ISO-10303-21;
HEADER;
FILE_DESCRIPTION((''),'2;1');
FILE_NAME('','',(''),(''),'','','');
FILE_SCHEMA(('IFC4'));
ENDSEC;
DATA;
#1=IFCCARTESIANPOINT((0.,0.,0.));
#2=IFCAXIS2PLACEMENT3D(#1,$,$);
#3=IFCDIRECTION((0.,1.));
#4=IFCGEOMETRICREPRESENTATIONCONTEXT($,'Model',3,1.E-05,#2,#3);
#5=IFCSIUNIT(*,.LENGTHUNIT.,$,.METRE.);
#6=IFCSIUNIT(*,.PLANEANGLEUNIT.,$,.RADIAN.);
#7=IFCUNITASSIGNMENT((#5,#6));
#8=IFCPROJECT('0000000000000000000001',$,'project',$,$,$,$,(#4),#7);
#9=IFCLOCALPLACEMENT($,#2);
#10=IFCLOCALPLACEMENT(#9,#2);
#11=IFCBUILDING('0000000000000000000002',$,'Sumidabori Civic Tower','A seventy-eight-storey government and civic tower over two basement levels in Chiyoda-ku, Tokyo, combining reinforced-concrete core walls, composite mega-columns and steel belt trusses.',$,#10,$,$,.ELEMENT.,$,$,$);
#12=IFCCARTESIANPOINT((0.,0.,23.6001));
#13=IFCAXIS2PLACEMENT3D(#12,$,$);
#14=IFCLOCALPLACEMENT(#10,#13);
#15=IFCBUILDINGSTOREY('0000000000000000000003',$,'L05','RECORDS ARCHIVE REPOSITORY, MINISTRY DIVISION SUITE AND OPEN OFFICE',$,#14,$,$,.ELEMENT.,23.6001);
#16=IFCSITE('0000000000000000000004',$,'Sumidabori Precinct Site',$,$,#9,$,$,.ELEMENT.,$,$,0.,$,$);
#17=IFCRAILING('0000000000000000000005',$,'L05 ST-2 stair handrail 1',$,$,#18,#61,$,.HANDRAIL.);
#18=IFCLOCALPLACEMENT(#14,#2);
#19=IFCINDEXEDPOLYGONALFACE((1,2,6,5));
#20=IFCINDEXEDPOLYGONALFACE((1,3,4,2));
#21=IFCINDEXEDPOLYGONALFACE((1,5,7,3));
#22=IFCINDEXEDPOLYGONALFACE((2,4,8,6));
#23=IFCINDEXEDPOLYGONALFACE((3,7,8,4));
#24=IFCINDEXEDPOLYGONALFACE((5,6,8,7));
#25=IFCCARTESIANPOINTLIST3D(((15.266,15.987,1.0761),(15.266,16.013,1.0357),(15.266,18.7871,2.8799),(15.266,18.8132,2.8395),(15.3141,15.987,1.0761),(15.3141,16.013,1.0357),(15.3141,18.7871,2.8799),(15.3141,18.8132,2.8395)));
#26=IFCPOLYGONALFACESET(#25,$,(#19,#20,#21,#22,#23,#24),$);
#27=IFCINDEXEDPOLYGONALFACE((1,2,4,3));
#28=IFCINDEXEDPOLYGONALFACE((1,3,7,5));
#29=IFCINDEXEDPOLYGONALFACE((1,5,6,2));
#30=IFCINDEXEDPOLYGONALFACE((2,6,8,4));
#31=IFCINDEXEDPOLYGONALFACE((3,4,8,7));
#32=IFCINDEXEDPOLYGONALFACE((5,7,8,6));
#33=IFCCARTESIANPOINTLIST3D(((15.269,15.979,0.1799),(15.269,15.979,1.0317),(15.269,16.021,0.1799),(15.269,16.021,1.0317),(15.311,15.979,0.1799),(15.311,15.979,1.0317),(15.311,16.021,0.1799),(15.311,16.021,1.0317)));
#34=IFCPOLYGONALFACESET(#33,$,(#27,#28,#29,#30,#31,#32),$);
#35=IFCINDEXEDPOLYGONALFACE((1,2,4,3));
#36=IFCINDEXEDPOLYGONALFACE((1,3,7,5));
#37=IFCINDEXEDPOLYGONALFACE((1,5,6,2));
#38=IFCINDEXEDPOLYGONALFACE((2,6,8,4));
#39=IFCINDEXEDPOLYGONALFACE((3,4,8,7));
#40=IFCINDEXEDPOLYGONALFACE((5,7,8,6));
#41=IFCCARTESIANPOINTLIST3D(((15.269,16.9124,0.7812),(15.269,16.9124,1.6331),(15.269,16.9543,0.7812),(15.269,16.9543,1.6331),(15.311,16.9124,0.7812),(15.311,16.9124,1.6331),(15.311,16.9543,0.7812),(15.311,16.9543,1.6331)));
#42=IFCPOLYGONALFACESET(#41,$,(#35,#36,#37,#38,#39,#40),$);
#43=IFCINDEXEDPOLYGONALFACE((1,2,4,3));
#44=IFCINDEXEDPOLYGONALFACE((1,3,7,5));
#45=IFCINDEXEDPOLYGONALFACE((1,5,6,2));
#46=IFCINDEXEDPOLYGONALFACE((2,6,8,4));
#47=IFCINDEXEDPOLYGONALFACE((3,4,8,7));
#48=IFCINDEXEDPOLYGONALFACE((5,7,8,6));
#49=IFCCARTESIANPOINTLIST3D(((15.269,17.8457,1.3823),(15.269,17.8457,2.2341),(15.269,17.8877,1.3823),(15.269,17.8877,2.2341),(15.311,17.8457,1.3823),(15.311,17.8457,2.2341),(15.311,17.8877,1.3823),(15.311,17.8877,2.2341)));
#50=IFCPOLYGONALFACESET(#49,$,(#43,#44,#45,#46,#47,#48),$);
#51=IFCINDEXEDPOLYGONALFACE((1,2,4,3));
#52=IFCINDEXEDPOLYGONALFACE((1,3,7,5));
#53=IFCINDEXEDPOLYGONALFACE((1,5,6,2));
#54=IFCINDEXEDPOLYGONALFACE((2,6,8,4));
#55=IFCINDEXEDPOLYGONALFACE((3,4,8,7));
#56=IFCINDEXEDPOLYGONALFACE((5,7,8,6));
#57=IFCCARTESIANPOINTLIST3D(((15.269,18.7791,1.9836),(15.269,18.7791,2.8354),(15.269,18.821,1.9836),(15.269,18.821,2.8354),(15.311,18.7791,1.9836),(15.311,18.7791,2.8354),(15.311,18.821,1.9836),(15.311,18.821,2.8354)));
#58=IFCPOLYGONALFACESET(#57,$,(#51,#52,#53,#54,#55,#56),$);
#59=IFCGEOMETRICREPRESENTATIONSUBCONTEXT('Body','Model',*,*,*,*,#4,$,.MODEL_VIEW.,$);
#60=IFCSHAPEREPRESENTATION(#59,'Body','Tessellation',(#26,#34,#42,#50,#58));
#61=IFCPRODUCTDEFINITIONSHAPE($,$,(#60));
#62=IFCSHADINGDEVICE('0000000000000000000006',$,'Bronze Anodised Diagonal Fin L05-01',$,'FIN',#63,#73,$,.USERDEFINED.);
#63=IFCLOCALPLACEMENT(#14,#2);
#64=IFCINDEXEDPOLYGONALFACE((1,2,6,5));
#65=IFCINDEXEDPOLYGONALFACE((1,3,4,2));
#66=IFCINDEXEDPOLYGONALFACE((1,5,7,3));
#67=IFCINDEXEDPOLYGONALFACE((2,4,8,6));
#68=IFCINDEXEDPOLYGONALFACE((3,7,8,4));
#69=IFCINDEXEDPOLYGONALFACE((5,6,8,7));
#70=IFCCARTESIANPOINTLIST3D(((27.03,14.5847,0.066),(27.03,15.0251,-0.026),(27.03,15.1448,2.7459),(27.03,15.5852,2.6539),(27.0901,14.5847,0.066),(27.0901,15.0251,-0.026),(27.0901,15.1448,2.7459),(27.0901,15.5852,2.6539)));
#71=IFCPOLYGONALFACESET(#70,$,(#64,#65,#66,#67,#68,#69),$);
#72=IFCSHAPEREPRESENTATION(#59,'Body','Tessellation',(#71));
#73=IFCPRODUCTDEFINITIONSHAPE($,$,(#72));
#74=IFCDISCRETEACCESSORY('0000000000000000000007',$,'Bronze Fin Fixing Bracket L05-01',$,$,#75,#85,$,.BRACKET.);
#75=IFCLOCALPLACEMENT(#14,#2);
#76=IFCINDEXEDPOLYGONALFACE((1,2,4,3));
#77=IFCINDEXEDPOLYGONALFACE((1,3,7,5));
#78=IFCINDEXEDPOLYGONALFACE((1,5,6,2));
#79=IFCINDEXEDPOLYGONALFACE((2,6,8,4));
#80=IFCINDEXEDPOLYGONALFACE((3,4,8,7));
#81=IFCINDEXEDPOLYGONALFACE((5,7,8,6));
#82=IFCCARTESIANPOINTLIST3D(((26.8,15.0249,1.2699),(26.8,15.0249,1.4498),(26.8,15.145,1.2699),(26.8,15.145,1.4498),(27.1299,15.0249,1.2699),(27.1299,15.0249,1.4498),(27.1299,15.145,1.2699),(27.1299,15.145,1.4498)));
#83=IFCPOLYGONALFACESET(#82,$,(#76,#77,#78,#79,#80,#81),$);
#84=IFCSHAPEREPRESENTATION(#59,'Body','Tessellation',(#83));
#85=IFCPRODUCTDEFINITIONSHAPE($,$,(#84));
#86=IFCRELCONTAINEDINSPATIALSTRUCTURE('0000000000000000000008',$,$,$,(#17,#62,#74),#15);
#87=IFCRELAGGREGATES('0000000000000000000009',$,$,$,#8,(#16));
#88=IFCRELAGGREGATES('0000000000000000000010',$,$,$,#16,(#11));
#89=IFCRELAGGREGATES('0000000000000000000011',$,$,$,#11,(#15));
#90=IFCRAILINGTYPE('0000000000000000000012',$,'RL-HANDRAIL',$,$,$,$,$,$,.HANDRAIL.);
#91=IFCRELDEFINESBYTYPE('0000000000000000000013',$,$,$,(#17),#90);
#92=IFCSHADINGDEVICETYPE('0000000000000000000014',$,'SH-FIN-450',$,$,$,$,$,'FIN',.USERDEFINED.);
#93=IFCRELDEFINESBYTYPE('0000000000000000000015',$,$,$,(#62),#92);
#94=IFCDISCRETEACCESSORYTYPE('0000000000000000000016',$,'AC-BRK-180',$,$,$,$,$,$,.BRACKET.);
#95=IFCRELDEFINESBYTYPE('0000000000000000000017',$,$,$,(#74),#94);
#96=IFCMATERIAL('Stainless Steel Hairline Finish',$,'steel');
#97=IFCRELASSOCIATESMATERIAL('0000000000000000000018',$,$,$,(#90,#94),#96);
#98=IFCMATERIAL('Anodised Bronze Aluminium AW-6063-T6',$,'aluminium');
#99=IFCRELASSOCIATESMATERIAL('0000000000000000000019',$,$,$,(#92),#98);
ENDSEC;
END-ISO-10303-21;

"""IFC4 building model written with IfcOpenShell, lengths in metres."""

from ifc_helpers import new_model, si_unit, direction, frame, origin, origin_2d, place, context, subcontext, project, spatial, rectangle, extrude, source, transform, mapped, material, material_profile, profile_set, type_object, element, save


model = new_model("IFC4")

# Units and contexts
model_context = context("Model", 3, precision=1e-05, world=origin(), true_north=direction((0.0, 1.0)))
body_context = subcontext(model_context, "Body", "Model", "MODEL_VIEW")
ifc_project = project(units=[si_unit("LENGTHUNIT", "METRE"), si_unit("PLANEANGLEUNIT", "RADIAN")], contexts=[model_context])

# Site, building, storey
site_placement = place(None, origin())
site = spatial("IfcSite", under=ifc_project, at=site_placement, Name="Sumidabori Precinct Site", CompositionType="ELEMENT", RefElevation=0.0)
building_placement = place(site_placement, origin())
building = spatial("IfcBuilding", under=site, at=building_placement, Name="Sumidabori Civic Tower", Description="A seventy-eight-storey government and civic tower over two basement levels in Chiyoda-ku, Tokyo, combining reinforced-concrete core walls, composite mega-columns and steel belt trusses.", CompositionType="ELEMENT")
storey_placement = place(building_placement, frame((0.0, 0.0, 23.6001)))
storey = spatial("IfcBuildingStorey", under=building, at=storey_placement, Name="L05", Description="RECORDS ARCHIVE REPOSITORY, MINISTRY DIVISION SUITE AND OPEN OFFICE", CompositionType="ELEMENT", Elevation=23.6001)

# Shared definitions
ifc_material_1 = material(Name="Anodised Bronze Aluminium AW-6063-T6", Category="aluminium")

# Railing
ifc_material_2 = material(Name="Stainless Steel Hairline Finish", Category="steel")
railing_type = type_object("IfcRailingType", Name="RL-HANDRAIL", PredefinedType="HANDRAIL", material=ifc_material_2)
railing_placement = place(storey_placement, frame((15.29, 16.0, 0.1799)))
element("IfcRailing", 1, at=railing_placement, inside=storey, type_object=railing_type, Name="L05 ST-2 stair handrail 1", PredefinedType="HANDRAIL", context=body_context, shape_type="SweptSolid", body=[
    extrude(rectangle(XDim=0.0481, YDim=0.0481, at=origin_2d()), frame((0.0, 0.0, 0.876), z_axis=(0.0, 0.840676, 0.541539), x_axis=(-1.0, 0.0, 0.0)), (0.0, 0.0, 1.0), 3.3308),
    extrude(rectangle(XDim=0.042, YDim=0.042, at=origin_2d()), origin(), (0.0, 0.0, 1.0), 0.8518),
    extrude(rectangle(XDim=0.042, YDim=0.042, at=origin_2d()), frame((0.0, 0.9333, 0.6013)), (0.0, 0.0, 1.0), 0.8518),
    extrude(rectangle(XDim=0.042, YDim=0.042, at=origin_2d()), frame((0.0, 1.8667, 1.2024)), (0.0, 0.0, 1.0), 0.8518),
    extrude(rectangle(XDim=0.042, YDim=0.042, at=origin_2d()), frame((0.0, 2.8, 1.8037)), (0.0, 0.0, 1.0), 0.8518),
])

# Shading device
ifc_material_profile_1 = material_profile(ifc_material_1, rectangle(XDim=0.0601, YDim=0.45, at=origin_2d()), Name="BRONZE FIN 450x60")
ifc_profile_set_1 = profile_set([ifc_material_profile_1], Name="Anodised Bronze Aluminium AW-6063-T6")
shading_device_type = type_object("IfcShadingDeviceType", Name="SH-FIN-450", ElementType="FIN", PredefinedType="USERDEFINED", material=ifc_profile_set_1)
shared_shape_1 = source(origin(), body_context, "Body", "SweptSolid", [
    extrude(rectangle(XDim=0.0601, YDim=0.45, at=origin_2d()), origin(), (0.0, 0.0, 1.0), 2.7378),
])
shading_device_placement = place(storey_placement, frame((27.0601, 14.8049, 0.02), z_axis=(0.0, 0.204563, 0.978853), x_axis=(-1.0, 0.0, 0.0)))
element("IfcShadingDevice", 2, at=shading_device_placement, inside=storey, type_object=shading_device_type, Name="Bronze Anodised Diagonal Fin L05-01", ObjectType="FIN", PredefinedType="USERDEFINED", context=body_context, shape_type="MappedRepresentation", body=[
    mapped(shared_shape_1, transform((0.0, 0.0, 0.0), x_axis=(1.0, 0.0, 0.0), y_axis=(0.0, 1.0, 0.0), z_axis=(0.0, 0.0, 1.0), scale=1.0)),
])

# Discrete accessory
ifc_material_profile_2 = material_profile(ifc_material_2, rectangle(XDim=0.1201, YDim=0.1799, at=origin_2d()), Name="STEEL BRACKET 180x120")
ifc_profile_set_2 = profile_set([ifc_material_profile_2], Name="Stainless Steel Hairline Finish")
discrete_accessory_type = type_object("IfcDiscreteAccessoryType", Name="AC-BRK-180", PredefinedType="BRACKET", material=ifc_profile_set_2)
shared_shape_2 = source(origin(), body_context, "Body", "SweptSolid", [
    extrude(rectangle(XDim=0.1201, YDim=0.1799, at=origin_2d()), origin(), (0.0, 0.0, 1.0), 0.3298),
])
discrete_accessory_placement = place(storey_placement, frame((26.8, 15.085, 1.3599), z_axis=(1.0, 0.0, 0.0), x_axis=(0.0, 1.0, 0.0)))
element("IfcDiscreteAccessory", 3, at=discrete_accessory_placement, inside=storey, type_object=discrete_accessory_type, Name="Bronze Fin Fixing Bracket L05-01", PredefinedType="BRACKET", context=body_context, shape_type="MappedRepresentation", body=[
    mapped(shared_shape_2, transform((0.0, 0.0, 0.0), x_axis=(1.0, 0.0, 0.0), y_axis=(0.0, 1.0, 0.0), z_axis=(0.0, 0.0, 1.0), scale=1.0)),
])

save(model, "model.ifc")
